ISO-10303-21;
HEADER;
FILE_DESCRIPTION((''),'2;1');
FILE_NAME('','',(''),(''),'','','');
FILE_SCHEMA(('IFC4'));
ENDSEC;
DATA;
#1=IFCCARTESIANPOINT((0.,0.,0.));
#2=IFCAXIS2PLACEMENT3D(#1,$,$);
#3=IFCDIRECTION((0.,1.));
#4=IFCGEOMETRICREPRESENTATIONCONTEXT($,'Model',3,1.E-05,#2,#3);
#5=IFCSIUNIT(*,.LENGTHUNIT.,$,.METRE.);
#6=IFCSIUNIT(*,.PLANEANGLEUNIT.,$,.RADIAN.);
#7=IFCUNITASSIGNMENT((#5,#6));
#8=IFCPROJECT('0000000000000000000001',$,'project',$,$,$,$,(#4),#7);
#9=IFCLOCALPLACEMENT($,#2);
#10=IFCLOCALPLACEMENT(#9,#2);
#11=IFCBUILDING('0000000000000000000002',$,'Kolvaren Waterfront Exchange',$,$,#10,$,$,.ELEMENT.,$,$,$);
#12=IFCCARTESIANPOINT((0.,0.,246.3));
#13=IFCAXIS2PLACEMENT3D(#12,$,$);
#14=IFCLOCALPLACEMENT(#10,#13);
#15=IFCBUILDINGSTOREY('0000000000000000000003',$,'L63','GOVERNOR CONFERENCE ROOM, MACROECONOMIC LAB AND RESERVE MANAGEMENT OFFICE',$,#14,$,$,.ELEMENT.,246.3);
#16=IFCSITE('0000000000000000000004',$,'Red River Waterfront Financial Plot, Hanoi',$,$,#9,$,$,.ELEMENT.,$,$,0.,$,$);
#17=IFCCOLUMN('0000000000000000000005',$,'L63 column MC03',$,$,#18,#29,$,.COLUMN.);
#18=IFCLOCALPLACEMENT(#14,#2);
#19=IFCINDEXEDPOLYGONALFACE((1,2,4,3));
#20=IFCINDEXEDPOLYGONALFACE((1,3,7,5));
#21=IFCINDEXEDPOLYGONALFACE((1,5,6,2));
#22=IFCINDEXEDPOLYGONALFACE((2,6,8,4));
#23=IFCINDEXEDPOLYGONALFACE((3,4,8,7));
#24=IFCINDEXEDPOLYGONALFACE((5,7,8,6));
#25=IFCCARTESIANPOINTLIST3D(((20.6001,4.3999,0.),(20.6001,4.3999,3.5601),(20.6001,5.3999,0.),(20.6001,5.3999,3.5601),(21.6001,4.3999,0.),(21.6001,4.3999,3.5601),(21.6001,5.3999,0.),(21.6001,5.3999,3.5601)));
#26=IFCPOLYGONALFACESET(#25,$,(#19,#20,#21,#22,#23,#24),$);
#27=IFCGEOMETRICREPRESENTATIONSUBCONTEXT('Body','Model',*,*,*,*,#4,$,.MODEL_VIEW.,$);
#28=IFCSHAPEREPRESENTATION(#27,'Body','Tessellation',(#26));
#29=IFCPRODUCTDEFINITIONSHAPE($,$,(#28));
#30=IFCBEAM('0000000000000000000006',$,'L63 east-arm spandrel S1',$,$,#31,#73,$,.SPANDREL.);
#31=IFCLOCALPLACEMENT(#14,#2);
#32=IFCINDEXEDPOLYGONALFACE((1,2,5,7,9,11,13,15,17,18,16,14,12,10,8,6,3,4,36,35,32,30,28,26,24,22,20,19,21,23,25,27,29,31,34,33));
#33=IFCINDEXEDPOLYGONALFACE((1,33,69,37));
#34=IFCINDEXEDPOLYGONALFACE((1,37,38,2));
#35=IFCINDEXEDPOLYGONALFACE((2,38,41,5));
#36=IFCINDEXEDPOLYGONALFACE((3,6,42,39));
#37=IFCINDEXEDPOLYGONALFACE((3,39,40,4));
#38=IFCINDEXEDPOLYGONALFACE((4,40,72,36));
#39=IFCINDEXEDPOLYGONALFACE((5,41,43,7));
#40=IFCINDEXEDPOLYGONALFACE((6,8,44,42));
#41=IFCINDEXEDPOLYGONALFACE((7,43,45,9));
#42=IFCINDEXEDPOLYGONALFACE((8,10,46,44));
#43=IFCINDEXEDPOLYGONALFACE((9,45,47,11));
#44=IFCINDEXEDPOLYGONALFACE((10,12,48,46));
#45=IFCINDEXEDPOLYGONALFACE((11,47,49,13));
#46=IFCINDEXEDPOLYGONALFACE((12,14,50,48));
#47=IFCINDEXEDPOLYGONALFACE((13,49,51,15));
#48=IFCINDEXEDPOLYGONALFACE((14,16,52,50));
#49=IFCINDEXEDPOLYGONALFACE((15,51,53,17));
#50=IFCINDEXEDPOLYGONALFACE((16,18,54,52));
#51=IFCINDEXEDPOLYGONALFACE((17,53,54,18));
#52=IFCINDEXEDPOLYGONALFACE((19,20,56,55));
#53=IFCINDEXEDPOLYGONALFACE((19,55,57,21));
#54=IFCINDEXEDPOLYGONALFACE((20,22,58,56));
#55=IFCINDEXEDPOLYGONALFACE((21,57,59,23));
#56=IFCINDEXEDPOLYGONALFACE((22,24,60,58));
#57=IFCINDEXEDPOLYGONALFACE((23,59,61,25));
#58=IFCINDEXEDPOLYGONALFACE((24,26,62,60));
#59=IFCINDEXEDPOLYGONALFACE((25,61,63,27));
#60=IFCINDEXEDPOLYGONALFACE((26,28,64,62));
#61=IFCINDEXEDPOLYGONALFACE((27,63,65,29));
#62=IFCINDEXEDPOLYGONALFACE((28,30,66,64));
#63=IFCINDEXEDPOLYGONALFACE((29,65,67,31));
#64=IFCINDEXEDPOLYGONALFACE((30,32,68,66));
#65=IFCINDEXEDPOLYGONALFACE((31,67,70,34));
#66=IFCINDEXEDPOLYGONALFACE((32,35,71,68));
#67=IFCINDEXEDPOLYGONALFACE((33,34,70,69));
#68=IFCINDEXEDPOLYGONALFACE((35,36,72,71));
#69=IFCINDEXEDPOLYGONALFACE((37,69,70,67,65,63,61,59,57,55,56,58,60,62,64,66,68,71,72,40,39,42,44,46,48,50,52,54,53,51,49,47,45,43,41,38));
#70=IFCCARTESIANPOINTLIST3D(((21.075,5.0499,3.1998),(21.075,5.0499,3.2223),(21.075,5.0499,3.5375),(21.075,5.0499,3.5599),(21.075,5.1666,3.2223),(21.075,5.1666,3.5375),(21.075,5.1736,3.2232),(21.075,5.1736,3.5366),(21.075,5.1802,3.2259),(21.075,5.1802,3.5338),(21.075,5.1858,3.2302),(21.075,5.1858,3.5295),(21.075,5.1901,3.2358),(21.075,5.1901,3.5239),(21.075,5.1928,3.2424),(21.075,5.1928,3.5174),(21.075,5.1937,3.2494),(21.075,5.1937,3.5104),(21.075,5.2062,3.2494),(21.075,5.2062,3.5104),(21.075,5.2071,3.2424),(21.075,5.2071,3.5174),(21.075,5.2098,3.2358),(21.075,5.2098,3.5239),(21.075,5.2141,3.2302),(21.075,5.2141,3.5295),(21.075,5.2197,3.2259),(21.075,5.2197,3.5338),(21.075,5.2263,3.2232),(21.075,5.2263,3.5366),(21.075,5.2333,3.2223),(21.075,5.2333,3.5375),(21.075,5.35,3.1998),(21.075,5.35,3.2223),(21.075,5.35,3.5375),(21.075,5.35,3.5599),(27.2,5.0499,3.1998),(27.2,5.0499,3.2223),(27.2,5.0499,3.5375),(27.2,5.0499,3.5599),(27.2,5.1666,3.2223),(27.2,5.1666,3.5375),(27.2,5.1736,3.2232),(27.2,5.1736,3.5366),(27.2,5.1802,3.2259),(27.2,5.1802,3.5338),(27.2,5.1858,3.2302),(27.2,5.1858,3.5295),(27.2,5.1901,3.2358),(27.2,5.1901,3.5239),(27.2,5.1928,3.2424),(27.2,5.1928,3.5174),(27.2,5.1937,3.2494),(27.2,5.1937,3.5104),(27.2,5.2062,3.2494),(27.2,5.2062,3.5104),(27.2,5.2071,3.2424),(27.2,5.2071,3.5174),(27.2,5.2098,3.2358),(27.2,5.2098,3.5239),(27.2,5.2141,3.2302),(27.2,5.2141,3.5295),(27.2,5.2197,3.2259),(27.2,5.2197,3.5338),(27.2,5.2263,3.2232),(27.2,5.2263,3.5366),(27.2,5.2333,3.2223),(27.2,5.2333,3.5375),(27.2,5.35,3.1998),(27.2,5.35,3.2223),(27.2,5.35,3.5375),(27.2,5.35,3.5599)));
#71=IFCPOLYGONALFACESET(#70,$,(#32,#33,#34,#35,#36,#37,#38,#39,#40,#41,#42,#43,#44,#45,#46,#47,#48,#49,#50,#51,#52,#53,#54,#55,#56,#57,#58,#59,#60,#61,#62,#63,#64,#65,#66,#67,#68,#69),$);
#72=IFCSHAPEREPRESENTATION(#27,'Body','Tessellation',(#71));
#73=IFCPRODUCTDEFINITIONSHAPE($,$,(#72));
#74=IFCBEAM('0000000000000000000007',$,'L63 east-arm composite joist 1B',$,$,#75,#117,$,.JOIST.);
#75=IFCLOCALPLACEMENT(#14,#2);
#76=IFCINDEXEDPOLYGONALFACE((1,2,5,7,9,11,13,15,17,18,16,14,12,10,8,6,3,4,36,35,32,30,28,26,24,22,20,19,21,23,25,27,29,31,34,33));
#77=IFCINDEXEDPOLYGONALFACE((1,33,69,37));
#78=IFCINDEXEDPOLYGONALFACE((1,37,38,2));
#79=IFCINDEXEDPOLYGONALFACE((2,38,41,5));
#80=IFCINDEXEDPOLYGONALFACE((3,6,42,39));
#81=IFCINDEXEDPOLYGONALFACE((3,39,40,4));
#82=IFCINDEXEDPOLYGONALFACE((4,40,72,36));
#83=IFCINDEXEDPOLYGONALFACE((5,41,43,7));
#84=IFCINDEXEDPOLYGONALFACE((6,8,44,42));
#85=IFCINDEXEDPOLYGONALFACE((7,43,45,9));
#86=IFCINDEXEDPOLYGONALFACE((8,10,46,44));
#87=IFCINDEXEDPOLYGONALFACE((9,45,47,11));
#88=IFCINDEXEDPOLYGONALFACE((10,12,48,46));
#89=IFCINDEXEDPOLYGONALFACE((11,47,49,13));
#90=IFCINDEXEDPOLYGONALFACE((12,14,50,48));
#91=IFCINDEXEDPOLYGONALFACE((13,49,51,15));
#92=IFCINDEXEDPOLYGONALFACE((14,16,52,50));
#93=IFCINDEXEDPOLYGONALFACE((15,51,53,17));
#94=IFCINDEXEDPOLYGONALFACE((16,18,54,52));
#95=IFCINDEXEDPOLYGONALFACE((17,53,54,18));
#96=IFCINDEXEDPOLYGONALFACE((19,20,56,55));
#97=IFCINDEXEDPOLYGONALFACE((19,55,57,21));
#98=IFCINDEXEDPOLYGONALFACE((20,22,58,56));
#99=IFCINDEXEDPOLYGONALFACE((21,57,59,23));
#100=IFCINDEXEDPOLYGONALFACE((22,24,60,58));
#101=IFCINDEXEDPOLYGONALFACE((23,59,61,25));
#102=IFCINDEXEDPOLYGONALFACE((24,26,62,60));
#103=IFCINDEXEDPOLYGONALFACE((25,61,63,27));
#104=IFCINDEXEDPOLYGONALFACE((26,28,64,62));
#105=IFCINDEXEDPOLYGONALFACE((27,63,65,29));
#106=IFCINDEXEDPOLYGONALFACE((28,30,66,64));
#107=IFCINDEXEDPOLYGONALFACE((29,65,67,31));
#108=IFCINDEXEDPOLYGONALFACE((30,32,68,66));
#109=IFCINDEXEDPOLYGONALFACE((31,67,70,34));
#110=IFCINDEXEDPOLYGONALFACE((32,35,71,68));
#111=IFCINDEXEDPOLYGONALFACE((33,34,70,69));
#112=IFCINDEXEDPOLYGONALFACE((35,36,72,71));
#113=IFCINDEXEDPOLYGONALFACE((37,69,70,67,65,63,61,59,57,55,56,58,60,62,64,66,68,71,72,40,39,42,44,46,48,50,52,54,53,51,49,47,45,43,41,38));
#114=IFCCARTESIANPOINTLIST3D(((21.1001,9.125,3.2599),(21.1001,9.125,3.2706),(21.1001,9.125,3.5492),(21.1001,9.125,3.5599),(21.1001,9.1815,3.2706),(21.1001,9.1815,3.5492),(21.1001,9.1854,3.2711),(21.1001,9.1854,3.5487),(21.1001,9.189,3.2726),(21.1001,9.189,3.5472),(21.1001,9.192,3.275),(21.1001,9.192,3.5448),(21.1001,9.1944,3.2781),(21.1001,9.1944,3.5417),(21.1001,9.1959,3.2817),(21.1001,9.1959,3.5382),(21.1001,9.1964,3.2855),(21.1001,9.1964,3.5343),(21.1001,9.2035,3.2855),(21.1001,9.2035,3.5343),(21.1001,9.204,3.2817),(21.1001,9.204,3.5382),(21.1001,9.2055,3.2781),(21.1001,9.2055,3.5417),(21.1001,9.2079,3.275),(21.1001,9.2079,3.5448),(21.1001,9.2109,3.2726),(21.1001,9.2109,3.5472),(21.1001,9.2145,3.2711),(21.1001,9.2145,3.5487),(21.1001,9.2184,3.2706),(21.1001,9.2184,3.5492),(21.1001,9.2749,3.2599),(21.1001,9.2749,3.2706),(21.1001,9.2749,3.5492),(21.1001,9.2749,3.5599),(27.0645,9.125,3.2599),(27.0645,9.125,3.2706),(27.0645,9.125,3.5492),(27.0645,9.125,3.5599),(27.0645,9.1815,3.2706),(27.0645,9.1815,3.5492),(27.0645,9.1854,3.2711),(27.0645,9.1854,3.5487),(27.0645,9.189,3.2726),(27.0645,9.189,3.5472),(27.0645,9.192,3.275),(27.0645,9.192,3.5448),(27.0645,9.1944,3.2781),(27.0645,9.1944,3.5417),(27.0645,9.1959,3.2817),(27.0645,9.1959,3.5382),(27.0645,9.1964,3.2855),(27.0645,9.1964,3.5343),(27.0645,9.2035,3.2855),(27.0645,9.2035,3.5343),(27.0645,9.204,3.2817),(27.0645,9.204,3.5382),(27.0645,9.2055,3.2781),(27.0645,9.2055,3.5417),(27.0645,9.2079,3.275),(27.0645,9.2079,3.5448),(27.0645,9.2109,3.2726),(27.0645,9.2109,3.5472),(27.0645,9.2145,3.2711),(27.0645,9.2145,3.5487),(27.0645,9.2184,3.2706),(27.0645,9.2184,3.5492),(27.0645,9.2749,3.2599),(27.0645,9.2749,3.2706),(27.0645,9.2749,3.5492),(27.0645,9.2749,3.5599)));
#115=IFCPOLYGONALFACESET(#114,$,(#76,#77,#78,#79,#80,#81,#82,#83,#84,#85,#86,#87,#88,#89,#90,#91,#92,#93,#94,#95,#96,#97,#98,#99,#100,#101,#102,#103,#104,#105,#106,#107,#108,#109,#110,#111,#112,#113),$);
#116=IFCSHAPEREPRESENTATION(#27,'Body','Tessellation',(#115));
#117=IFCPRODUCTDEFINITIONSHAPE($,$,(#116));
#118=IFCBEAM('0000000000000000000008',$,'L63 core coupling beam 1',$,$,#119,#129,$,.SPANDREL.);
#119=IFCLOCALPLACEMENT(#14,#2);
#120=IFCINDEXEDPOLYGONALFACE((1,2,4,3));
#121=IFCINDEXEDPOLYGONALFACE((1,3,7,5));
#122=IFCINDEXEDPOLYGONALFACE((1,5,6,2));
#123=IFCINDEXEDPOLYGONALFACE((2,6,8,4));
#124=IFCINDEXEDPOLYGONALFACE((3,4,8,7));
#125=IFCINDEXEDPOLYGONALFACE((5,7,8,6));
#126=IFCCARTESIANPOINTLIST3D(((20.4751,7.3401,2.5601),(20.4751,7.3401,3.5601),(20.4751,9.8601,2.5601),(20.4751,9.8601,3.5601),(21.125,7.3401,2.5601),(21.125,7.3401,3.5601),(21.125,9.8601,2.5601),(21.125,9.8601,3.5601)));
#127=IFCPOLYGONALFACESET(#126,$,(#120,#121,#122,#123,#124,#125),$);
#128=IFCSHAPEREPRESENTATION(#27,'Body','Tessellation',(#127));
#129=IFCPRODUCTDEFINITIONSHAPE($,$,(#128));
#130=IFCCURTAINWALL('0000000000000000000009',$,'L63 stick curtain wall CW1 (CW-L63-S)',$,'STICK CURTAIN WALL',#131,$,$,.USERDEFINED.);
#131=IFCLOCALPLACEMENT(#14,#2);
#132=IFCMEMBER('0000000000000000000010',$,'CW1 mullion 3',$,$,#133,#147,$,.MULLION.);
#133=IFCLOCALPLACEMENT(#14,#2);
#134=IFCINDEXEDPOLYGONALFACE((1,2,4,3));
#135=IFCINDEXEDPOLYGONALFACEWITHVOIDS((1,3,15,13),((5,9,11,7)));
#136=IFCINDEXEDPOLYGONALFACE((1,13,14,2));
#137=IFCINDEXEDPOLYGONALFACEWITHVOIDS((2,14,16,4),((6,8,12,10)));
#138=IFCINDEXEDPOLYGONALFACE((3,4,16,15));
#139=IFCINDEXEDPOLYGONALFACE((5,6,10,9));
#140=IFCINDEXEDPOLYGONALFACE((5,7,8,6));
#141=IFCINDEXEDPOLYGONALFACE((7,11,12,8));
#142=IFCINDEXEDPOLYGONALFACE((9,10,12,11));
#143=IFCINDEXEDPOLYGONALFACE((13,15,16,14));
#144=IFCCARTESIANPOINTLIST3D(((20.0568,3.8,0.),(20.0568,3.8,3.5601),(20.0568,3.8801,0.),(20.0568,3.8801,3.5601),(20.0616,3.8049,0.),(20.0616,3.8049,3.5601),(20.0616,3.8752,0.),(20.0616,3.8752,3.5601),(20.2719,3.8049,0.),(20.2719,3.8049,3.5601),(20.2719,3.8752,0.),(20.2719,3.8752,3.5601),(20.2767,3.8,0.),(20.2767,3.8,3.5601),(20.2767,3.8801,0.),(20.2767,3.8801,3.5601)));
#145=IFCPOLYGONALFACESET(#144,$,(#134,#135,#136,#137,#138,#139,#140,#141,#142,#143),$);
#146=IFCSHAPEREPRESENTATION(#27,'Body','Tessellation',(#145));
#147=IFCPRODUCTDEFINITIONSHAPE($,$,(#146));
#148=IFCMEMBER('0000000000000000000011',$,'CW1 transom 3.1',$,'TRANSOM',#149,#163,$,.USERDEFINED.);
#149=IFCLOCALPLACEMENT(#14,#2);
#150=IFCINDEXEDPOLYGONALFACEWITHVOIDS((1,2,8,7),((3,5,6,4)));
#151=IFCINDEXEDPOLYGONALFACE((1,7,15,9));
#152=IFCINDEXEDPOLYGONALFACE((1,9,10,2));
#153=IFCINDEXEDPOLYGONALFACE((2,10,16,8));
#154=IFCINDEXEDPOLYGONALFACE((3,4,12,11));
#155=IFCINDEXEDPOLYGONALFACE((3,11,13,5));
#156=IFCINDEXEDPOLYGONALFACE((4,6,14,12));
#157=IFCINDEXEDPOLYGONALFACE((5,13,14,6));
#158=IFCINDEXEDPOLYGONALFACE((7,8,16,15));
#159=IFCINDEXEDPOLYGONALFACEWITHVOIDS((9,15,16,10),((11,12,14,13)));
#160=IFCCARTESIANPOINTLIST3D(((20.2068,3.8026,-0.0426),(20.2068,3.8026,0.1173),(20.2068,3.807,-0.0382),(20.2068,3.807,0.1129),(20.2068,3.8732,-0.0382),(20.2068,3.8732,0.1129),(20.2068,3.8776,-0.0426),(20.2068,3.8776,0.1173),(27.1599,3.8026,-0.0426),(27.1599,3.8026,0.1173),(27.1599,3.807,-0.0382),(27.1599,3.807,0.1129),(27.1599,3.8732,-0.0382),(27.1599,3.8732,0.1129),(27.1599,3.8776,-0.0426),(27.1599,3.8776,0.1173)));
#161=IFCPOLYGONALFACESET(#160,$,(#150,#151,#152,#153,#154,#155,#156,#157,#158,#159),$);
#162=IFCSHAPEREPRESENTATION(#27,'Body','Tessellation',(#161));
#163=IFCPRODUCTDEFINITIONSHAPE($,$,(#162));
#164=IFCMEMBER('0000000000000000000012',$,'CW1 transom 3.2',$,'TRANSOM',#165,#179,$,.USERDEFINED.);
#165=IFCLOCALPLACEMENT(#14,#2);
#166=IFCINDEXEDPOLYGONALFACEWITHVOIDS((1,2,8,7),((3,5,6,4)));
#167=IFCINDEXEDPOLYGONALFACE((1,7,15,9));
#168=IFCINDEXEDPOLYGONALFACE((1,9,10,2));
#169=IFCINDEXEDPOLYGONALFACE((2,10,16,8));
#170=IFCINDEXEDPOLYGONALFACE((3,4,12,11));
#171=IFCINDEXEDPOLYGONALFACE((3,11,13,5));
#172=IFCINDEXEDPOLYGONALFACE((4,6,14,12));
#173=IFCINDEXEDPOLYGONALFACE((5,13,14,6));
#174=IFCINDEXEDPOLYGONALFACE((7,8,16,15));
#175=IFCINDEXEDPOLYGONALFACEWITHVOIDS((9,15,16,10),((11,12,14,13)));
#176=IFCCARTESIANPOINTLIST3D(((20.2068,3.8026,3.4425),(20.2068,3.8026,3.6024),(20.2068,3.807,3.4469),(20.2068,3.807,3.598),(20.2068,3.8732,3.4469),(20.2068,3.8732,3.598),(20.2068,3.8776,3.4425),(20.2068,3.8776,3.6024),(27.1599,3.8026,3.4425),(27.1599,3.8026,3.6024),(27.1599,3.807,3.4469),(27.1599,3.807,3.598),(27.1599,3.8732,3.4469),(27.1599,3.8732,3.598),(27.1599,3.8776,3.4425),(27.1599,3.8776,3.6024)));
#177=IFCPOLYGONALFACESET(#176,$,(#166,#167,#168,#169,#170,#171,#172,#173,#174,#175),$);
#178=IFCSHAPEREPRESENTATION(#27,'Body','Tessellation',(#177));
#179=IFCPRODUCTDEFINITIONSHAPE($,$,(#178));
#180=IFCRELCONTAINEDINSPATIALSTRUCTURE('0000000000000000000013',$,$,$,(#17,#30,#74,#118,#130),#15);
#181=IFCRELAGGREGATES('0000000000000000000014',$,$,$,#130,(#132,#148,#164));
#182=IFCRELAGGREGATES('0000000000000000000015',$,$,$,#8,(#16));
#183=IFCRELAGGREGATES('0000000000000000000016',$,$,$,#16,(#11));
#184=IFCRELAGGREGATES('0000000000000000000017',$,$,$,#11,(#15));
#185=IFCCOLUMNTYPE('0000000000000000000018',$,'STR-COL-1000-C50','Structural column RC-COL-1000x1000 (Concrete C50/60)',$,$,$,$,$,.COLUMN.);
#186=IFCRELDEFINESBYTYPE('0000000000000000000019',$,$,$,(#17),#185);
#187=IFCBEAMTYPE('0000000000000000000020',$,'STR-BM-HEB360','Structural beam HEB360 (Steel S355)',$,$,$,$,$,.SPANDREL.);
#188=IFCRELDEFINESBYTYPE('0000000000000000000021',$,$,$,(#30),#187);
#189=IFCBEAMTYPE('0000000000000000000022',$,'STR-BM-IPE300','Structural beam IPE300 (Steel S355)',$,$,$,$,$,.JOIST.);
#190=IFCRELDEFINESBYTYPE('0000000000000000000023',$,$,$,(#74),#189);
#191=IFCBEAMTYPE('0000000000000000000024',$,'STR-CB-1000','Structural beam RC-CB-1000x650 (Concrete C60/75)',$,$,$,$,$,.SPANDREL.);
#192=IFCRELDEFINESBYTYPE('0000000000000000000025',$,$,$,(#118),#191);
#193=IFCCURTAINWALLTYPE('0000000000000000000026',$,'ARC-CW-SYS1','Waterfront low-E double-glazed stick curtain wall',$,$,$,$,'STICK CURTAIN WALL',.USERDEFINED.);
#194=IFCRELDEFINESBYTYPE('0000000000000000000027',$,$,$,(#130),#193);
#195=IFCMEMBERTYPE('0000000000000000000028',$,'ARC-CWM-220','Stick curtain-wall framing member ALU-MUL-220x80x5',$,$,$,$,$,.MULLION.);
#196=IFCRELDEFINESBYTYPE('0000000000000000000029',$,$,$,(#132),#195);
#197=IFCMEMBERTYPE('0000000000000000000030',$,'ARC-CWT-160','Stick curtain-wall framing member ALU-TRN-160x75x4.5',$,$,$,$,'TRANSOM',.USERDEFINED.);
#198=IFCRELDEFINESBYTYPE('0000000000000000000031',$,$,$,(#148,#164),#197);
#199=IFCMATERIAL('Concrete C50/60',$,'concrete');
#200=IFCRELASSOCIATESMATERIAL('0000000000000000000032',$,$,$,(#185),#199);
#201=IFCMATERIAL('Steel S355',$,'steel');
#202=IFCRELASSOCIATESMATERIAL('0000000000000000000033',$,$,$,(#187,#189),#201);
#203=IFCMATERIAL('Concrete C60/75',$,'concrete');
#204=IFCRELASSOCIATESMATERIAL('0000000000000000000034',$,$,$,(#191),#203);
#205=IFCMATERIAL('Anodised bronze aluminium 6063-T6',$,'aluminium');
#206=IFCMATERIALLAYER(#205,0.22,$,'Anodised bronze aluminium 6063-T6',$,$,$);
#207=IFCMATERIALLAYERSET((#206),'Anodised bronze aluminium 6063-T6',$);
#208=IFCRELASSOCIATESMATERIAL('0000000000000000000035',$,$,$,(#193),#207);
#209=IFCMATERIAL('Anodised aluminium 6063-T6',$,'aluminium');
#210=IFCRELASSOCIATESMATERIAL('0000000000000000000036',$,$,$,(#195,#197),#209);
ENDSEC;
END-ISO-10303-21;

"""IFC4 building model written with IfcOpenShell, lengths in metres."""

from ifc_helpers import new_model, si_unit, direction, frame, origin, origin_with_axes, origin_2d, place, context, subcontext, project, spatial, rectangle, hollow_rectangle, i_section, extrude, source, transform, mapped, material, layer, layer_set, material_profile, profile_set, type_object, element, aggregate, save


model = new_model("IFC4")

# Units and contexts
model_context = context("Model", 3, precision=1e-05, world=origin(), true_north=direction((0.0, 1.0)))
body_context = subcontext(model_context, "Body", "Model", "MODEL_VIEW")
ifc_project = project(units=[si_unit("LENGTHUNIT", "METRE"), si_unit("PLANEANGLEUNIT", "RADIAN")], contexts=[model_context])

# Site, building, storey
site_placement = place(None, origin())
site = spatial("IfcSite", under=ifc_project, at=site_placement, Name="Red River Waterfront Financial Plot, Hanoi", CompositionType="ELEMENT", RefElevation=0.0)
building_placement = place(site_placement, origin())
building = spatial("IfcBuilding", under=site, at=building_placement, Name="Kolvaren Waterfront Exchange", CompositionType="ELEMENT")
storey_placement = place(building_placement, frame((0.0, 0.0, 246.3)))
storey = spatial("IfcBuildingStorey", under=building, at=storey_placement, Name="L63", Description="GOVERNOR CONFERENCE ROOM, MACROECONOMIC LAB AND RESERVE MANAGEMENT OFFICE", CompositionType="ELEMENT", Elevation=246.3)

# Column
ifc_material_1 = material(Name="Concrete C50/60", Category="concrete")
ifc_material_profile_1 = material_profile(ifc_material_1, rectangle(XDim=1.0, YDim=1.0, at=origin_2d()), Name="RC-COL-1000x1000")
ifc_profile_set_1 = profile_set([ifc_material_profile_1], Name="Concrete C50/60")
column_type = type_object("IfcColumnType", Name="STR-COL-1000-C50", Description="Structural column RC-COL-1000x1000 (Concrete C50/60)", PredefinedType="COLUMN", material=ifc_profile_set_1)
column_placement = place(storey_placement, frame((21.1001, 4.8999, 0.0), z_axis=(0.0, 0.0, 1.0), x_axis=(1.0, 0.0, 0.0)))
element("IfcColumn", 1, at=column_placement, inside=storey, type_object=column_type, Name="L63 column MC03", PredefinedType="COLUMN", context=body_context, shape_type="SweptSolid", body=[
    extrude(rectangle(XDim=1.0, YDim=1.0, at=origin_2d()), origin(), (0.0, 0.0, 1.0), 3.5601),
])

# Beams
ifc_material_2 = material(Name="Steel S355", Category="steel")
ifc_material_profile_2 = material_profile(ifc_material_2, i_section(OverallWidth=0.3, OverallDepth=0.3601, WebThickness=0.0125, FlangeThickness=0.0225, FilletRadius=0.0271, at=origin_2d()), Name="HEB360")
ifc_profile_set_2 = profile_set([ifc_material_profile_2], Name="Steel S355")
beam_type_1 = type_object("IfcBeamType", Name="STR-BM-HEB360", Description="Structural beam HEB360 (Steel S355)", PredefinedType="SPANDREL", material=ifc_profile_set_2)
beam_1_placement = place(storey_placement, frame((21.075, 5.2, 3.3799), z_axis=(1.0, 0.0, 0.0), x_axis=(0.0, 1.0, 0.0)))
element("IfcBeam", 2, at=beam_1_placement, inside=storey, type_object=beam_type_1, Name="L63 east-arm spandrel S1", PredefinedType="SPANDREL", context=body_context, shape_type="SweptSolid", body=[
    extrude(i_section(OverallWidth=0.3, OverallDepth=0.3601, WebThickness=0.0125, FlangeThickness=0.0225, FilletRadius=0.0271, at=origin_2d()), origin(), (0.0, 0.0, 1.0), 6.125),
])
ifc_material_profile_3 = material_profile(ifc_material_2, i_section(OverallWidth=0.1499, OverallDepth=0.3, WebThickness=0.0071, FlangeThickness=0.0107, FilletRadius=0.0149, at=origin_2d()), Name="IPE300")
ifc_profile_set_3 = profile_set([ifc_material_profile_3], Name="Steel S355")
beam_type_2 = type_object("IfcBeamType", Name="STR-BM-IPE300", Description="Structural beam IPE300 (Steel S355)", PredefinedType="JOIST", material=ifc_profile_set_3)
beam_2_placement = place(storey_placement, frame((21.1001, 9.2, 3.4099), z_axis=(1.0, 0.0, 0.0), x_axis=(0.0, 1.0, 0.0)))
element("IfcBeam", 3, at=beam_2_placement, inside=storey, type_object=beam_type_2, Name="L63 east-arm composite joist 1B", PredefinedType="JOIST", context=body_context, shape_type="SweptSolid", body=[
    extrude(i_section(OverallWidth=0.1499, OverallDepth=0.3, WebThickness=0.0071, FlangeThickness=0.0107, FilletRadius=0.0149, at=origin_2d()), origin(), (0.0, 0.0, 1.0), 5.9644),
])
ifc_material_3 = material(Name="Concrete C60/75", Category="concrete")
ifc_material_profile_4 = material_profile(ifc_material_3, rectangle(XDim=0.6499, YDim=1.0, at=origin_2d()), Name="RC-CB-1000x650")
ifc_profile_set_4 = profile_set([ifc_material_profile_4], Name="Concrete C60/75")
beam_type_3 = type_object("IfcBeamType", Name="STR-CB-1000", Description="Structural beam RC-CB-1000x650 (Concrete C60/75)", PredefinedType="SPANDREL", material=ifc_profile_set_4)
beam_3_placement = place(storey_placement, frame((20.8, 7.3401, 3.0601), z_axis=(0.0, 1.0, 0.0), x_axis=(-1.0, 0.0, 0.0)))
element("IfcBeam", 4, at=beam_3_placement, inside=storey, type_object=beam_type_3, Name="L63 core coupling beam 1", PredefinedType="SPANDREL", context=body_context, shape_type="SweptSolid", body=[
    extrude(rectangle(XDim=0.6499, YDim=1.0, at=origin_2d()), origin(), (0.0, 0.0, 1.0), 2.52),
])

# Curtain wall, members
ifc_material_4 = material(Name="Anodised bronze aluminium 6063-T6", Category="aluminium")
ifc_layer_1 = layer(ifc_material_4, 0.22, Name="Anodised bronze aluminium 6063-T6")
ifc_layer_set_1 = layer_set([ifc_layer_1], Name="Anodised bronze aluminium 6063-T6")
curtain_wall_type = type_object("IfcCurtainWallType", Name="ARC-CW-SYS1", Description="Waterfront low-E double-glazed stick curtain wall", ElementType="STICK CURTAIN WALL", PredefinedType="USERDEFINED", material=ifc_layer_set_1)
curtain_wall_placement = place(storey_placement, origin())
curtain_wall = element("IfcCurtainWall", 5, at=curtain_wall_placement, inside=storey, type_object=curtain_wall_type, Name="L63 stick curtain wall CW1 (CW-L63-S)", ObjectType="STICK CURTAIN WALL", PredefinedType="USERDEFINED")
ifc_material_5 = material(Name="Anodised aluminium 6063-T6", Category="aluminium")
ifc_material_profile_5 = material_profile(ifc_material_5, hollow_rectangle(XDim=0.0801, YDim=0.22, WallThickness=0.0049, at=origin_2d()), Name="ALU-MUL-220x80x5")
ifc_profile_set_5 = profile_set([ifc_material_profile_5], Name="Anodised aluminium 6063-T6")
member_type_1 = type_object("IfcMemberType", Name="ARC-CWM-220", Description="Stick curtain-wall framing member ALU-MUL-220x80x5", PredefinedType="MULLION", material=ifc_profile_set_5)
shared_shape_1 = source(origin_with_axes(), body_context, "Body", "SweptSolid", [
    extrude(hollow_rectangle(XDim=0.0801, YDim=0.22, WallThickness=0.0049, at=origin_2d()), origin(), (0.0, 0.0, 1.0), 3.5601),
])
member_1_placement = place(storey_placement, frame((20.1667, 3.8401, 0.0), z_axis=(0.0, 0.0, 1.0), x_axis=(0.0, 1.0, 0.0)))
member_1 = element("IfcMember", 6, at=member_1_placement, type_object=member_type_1, Name="CW1 mullion 3", PredefinedType="MULLION", context=body_context, shape_type="MappedRepresentation", body=[
    mapped(shared_shape_1, transform((0.0, 0.0, 0.0), x_axis=(1.0, 0.0, 0.0), y_axis=(0.0, 1.0, 0.0), z_axis=(0.0, 0.0, 1.0), scale=1.0)),
])
ifc_material_profile_6 = material_profile(ifc_material_5, hollow_rectangle(XDim=0.075, YDim=0.1599, WallThickness=0.0044, at=origin_2d()), Name="ALU-TRN-160x75x4.5")
ifc_profile_set_6 = profile_set([ifc_material_profile_6], Name="Anodised aluminium 6063-T6")
member_type_2 = type_object("IfcMemberType", Name="ARC-CWT-160", Description="Stick curtain-wall framing member ALU-TRN-160x75x4.5", ElementType="TRANSOM", PredefinedType="USERDEFINED", material=ifc_profile_set_6)
shared_shape_2 = source(origin_with_axes(), body_context, "Body", "SweptSolid", [
    extrude(hollow_rectangle(XDim=0.075, YDim=0.1599, WallThickness=0.0044, at=origin_2d()), origin(), (0.0, 0.0, 1.0), 6.9531),
])
member_2_placement = place(storey_placement, frame((20.2068, 3.8401, 0.0374), z_axis=(1.0, 0.0, 0.0), x_axis=(0.0, 1.0, 0.0)))
member_2 = element("IfcMember", 7, at=member_2_placement, type_object=member_type_2, Name="CW1 transom 3.1", ObjectType="TRANSOM", PredefinedType="USERDEFINED", context=body_context, shape_type="MappedRepresentation", body=[
    mapped(shared_shape_2, transform((0.0, 0.0, 0.0), x_axis=(1.0, 0.0, 0.0), y_axis=(0.0, 1.0, 0.0), z_axis=(0.0, 0.0, 1.0), scale=1.0)),
])
member_3_placement = place(storey_placement, frame((20.2068, 3.8401, 3.5225), z_axis=(1.0, 0.0, 0.0), x_axis=(0.0, 1.0, 0.0)))
member_3 = element("IfcMember", 8, at=member_3_placement, type_object=member_type_2, Name="CW1 transom 3.2", ObjectType="TRANSOM", PredefinedType="USERDEFINED", context=body_context, shape_type="MappedRepresentation", body=[
    mapped(shared_shape_2, transform((0.0, 0.0, 0.0), x_axis=(1.0, 0.0, 0.0), y_axis=(0.0, 1.0, 0.0), z_axis=(0.0, 0.0, 1.0), scale=1.0)),
])
aggregate(curtain_wall, [member_1, member_2, member_3])

save(model, "model.ifc")
